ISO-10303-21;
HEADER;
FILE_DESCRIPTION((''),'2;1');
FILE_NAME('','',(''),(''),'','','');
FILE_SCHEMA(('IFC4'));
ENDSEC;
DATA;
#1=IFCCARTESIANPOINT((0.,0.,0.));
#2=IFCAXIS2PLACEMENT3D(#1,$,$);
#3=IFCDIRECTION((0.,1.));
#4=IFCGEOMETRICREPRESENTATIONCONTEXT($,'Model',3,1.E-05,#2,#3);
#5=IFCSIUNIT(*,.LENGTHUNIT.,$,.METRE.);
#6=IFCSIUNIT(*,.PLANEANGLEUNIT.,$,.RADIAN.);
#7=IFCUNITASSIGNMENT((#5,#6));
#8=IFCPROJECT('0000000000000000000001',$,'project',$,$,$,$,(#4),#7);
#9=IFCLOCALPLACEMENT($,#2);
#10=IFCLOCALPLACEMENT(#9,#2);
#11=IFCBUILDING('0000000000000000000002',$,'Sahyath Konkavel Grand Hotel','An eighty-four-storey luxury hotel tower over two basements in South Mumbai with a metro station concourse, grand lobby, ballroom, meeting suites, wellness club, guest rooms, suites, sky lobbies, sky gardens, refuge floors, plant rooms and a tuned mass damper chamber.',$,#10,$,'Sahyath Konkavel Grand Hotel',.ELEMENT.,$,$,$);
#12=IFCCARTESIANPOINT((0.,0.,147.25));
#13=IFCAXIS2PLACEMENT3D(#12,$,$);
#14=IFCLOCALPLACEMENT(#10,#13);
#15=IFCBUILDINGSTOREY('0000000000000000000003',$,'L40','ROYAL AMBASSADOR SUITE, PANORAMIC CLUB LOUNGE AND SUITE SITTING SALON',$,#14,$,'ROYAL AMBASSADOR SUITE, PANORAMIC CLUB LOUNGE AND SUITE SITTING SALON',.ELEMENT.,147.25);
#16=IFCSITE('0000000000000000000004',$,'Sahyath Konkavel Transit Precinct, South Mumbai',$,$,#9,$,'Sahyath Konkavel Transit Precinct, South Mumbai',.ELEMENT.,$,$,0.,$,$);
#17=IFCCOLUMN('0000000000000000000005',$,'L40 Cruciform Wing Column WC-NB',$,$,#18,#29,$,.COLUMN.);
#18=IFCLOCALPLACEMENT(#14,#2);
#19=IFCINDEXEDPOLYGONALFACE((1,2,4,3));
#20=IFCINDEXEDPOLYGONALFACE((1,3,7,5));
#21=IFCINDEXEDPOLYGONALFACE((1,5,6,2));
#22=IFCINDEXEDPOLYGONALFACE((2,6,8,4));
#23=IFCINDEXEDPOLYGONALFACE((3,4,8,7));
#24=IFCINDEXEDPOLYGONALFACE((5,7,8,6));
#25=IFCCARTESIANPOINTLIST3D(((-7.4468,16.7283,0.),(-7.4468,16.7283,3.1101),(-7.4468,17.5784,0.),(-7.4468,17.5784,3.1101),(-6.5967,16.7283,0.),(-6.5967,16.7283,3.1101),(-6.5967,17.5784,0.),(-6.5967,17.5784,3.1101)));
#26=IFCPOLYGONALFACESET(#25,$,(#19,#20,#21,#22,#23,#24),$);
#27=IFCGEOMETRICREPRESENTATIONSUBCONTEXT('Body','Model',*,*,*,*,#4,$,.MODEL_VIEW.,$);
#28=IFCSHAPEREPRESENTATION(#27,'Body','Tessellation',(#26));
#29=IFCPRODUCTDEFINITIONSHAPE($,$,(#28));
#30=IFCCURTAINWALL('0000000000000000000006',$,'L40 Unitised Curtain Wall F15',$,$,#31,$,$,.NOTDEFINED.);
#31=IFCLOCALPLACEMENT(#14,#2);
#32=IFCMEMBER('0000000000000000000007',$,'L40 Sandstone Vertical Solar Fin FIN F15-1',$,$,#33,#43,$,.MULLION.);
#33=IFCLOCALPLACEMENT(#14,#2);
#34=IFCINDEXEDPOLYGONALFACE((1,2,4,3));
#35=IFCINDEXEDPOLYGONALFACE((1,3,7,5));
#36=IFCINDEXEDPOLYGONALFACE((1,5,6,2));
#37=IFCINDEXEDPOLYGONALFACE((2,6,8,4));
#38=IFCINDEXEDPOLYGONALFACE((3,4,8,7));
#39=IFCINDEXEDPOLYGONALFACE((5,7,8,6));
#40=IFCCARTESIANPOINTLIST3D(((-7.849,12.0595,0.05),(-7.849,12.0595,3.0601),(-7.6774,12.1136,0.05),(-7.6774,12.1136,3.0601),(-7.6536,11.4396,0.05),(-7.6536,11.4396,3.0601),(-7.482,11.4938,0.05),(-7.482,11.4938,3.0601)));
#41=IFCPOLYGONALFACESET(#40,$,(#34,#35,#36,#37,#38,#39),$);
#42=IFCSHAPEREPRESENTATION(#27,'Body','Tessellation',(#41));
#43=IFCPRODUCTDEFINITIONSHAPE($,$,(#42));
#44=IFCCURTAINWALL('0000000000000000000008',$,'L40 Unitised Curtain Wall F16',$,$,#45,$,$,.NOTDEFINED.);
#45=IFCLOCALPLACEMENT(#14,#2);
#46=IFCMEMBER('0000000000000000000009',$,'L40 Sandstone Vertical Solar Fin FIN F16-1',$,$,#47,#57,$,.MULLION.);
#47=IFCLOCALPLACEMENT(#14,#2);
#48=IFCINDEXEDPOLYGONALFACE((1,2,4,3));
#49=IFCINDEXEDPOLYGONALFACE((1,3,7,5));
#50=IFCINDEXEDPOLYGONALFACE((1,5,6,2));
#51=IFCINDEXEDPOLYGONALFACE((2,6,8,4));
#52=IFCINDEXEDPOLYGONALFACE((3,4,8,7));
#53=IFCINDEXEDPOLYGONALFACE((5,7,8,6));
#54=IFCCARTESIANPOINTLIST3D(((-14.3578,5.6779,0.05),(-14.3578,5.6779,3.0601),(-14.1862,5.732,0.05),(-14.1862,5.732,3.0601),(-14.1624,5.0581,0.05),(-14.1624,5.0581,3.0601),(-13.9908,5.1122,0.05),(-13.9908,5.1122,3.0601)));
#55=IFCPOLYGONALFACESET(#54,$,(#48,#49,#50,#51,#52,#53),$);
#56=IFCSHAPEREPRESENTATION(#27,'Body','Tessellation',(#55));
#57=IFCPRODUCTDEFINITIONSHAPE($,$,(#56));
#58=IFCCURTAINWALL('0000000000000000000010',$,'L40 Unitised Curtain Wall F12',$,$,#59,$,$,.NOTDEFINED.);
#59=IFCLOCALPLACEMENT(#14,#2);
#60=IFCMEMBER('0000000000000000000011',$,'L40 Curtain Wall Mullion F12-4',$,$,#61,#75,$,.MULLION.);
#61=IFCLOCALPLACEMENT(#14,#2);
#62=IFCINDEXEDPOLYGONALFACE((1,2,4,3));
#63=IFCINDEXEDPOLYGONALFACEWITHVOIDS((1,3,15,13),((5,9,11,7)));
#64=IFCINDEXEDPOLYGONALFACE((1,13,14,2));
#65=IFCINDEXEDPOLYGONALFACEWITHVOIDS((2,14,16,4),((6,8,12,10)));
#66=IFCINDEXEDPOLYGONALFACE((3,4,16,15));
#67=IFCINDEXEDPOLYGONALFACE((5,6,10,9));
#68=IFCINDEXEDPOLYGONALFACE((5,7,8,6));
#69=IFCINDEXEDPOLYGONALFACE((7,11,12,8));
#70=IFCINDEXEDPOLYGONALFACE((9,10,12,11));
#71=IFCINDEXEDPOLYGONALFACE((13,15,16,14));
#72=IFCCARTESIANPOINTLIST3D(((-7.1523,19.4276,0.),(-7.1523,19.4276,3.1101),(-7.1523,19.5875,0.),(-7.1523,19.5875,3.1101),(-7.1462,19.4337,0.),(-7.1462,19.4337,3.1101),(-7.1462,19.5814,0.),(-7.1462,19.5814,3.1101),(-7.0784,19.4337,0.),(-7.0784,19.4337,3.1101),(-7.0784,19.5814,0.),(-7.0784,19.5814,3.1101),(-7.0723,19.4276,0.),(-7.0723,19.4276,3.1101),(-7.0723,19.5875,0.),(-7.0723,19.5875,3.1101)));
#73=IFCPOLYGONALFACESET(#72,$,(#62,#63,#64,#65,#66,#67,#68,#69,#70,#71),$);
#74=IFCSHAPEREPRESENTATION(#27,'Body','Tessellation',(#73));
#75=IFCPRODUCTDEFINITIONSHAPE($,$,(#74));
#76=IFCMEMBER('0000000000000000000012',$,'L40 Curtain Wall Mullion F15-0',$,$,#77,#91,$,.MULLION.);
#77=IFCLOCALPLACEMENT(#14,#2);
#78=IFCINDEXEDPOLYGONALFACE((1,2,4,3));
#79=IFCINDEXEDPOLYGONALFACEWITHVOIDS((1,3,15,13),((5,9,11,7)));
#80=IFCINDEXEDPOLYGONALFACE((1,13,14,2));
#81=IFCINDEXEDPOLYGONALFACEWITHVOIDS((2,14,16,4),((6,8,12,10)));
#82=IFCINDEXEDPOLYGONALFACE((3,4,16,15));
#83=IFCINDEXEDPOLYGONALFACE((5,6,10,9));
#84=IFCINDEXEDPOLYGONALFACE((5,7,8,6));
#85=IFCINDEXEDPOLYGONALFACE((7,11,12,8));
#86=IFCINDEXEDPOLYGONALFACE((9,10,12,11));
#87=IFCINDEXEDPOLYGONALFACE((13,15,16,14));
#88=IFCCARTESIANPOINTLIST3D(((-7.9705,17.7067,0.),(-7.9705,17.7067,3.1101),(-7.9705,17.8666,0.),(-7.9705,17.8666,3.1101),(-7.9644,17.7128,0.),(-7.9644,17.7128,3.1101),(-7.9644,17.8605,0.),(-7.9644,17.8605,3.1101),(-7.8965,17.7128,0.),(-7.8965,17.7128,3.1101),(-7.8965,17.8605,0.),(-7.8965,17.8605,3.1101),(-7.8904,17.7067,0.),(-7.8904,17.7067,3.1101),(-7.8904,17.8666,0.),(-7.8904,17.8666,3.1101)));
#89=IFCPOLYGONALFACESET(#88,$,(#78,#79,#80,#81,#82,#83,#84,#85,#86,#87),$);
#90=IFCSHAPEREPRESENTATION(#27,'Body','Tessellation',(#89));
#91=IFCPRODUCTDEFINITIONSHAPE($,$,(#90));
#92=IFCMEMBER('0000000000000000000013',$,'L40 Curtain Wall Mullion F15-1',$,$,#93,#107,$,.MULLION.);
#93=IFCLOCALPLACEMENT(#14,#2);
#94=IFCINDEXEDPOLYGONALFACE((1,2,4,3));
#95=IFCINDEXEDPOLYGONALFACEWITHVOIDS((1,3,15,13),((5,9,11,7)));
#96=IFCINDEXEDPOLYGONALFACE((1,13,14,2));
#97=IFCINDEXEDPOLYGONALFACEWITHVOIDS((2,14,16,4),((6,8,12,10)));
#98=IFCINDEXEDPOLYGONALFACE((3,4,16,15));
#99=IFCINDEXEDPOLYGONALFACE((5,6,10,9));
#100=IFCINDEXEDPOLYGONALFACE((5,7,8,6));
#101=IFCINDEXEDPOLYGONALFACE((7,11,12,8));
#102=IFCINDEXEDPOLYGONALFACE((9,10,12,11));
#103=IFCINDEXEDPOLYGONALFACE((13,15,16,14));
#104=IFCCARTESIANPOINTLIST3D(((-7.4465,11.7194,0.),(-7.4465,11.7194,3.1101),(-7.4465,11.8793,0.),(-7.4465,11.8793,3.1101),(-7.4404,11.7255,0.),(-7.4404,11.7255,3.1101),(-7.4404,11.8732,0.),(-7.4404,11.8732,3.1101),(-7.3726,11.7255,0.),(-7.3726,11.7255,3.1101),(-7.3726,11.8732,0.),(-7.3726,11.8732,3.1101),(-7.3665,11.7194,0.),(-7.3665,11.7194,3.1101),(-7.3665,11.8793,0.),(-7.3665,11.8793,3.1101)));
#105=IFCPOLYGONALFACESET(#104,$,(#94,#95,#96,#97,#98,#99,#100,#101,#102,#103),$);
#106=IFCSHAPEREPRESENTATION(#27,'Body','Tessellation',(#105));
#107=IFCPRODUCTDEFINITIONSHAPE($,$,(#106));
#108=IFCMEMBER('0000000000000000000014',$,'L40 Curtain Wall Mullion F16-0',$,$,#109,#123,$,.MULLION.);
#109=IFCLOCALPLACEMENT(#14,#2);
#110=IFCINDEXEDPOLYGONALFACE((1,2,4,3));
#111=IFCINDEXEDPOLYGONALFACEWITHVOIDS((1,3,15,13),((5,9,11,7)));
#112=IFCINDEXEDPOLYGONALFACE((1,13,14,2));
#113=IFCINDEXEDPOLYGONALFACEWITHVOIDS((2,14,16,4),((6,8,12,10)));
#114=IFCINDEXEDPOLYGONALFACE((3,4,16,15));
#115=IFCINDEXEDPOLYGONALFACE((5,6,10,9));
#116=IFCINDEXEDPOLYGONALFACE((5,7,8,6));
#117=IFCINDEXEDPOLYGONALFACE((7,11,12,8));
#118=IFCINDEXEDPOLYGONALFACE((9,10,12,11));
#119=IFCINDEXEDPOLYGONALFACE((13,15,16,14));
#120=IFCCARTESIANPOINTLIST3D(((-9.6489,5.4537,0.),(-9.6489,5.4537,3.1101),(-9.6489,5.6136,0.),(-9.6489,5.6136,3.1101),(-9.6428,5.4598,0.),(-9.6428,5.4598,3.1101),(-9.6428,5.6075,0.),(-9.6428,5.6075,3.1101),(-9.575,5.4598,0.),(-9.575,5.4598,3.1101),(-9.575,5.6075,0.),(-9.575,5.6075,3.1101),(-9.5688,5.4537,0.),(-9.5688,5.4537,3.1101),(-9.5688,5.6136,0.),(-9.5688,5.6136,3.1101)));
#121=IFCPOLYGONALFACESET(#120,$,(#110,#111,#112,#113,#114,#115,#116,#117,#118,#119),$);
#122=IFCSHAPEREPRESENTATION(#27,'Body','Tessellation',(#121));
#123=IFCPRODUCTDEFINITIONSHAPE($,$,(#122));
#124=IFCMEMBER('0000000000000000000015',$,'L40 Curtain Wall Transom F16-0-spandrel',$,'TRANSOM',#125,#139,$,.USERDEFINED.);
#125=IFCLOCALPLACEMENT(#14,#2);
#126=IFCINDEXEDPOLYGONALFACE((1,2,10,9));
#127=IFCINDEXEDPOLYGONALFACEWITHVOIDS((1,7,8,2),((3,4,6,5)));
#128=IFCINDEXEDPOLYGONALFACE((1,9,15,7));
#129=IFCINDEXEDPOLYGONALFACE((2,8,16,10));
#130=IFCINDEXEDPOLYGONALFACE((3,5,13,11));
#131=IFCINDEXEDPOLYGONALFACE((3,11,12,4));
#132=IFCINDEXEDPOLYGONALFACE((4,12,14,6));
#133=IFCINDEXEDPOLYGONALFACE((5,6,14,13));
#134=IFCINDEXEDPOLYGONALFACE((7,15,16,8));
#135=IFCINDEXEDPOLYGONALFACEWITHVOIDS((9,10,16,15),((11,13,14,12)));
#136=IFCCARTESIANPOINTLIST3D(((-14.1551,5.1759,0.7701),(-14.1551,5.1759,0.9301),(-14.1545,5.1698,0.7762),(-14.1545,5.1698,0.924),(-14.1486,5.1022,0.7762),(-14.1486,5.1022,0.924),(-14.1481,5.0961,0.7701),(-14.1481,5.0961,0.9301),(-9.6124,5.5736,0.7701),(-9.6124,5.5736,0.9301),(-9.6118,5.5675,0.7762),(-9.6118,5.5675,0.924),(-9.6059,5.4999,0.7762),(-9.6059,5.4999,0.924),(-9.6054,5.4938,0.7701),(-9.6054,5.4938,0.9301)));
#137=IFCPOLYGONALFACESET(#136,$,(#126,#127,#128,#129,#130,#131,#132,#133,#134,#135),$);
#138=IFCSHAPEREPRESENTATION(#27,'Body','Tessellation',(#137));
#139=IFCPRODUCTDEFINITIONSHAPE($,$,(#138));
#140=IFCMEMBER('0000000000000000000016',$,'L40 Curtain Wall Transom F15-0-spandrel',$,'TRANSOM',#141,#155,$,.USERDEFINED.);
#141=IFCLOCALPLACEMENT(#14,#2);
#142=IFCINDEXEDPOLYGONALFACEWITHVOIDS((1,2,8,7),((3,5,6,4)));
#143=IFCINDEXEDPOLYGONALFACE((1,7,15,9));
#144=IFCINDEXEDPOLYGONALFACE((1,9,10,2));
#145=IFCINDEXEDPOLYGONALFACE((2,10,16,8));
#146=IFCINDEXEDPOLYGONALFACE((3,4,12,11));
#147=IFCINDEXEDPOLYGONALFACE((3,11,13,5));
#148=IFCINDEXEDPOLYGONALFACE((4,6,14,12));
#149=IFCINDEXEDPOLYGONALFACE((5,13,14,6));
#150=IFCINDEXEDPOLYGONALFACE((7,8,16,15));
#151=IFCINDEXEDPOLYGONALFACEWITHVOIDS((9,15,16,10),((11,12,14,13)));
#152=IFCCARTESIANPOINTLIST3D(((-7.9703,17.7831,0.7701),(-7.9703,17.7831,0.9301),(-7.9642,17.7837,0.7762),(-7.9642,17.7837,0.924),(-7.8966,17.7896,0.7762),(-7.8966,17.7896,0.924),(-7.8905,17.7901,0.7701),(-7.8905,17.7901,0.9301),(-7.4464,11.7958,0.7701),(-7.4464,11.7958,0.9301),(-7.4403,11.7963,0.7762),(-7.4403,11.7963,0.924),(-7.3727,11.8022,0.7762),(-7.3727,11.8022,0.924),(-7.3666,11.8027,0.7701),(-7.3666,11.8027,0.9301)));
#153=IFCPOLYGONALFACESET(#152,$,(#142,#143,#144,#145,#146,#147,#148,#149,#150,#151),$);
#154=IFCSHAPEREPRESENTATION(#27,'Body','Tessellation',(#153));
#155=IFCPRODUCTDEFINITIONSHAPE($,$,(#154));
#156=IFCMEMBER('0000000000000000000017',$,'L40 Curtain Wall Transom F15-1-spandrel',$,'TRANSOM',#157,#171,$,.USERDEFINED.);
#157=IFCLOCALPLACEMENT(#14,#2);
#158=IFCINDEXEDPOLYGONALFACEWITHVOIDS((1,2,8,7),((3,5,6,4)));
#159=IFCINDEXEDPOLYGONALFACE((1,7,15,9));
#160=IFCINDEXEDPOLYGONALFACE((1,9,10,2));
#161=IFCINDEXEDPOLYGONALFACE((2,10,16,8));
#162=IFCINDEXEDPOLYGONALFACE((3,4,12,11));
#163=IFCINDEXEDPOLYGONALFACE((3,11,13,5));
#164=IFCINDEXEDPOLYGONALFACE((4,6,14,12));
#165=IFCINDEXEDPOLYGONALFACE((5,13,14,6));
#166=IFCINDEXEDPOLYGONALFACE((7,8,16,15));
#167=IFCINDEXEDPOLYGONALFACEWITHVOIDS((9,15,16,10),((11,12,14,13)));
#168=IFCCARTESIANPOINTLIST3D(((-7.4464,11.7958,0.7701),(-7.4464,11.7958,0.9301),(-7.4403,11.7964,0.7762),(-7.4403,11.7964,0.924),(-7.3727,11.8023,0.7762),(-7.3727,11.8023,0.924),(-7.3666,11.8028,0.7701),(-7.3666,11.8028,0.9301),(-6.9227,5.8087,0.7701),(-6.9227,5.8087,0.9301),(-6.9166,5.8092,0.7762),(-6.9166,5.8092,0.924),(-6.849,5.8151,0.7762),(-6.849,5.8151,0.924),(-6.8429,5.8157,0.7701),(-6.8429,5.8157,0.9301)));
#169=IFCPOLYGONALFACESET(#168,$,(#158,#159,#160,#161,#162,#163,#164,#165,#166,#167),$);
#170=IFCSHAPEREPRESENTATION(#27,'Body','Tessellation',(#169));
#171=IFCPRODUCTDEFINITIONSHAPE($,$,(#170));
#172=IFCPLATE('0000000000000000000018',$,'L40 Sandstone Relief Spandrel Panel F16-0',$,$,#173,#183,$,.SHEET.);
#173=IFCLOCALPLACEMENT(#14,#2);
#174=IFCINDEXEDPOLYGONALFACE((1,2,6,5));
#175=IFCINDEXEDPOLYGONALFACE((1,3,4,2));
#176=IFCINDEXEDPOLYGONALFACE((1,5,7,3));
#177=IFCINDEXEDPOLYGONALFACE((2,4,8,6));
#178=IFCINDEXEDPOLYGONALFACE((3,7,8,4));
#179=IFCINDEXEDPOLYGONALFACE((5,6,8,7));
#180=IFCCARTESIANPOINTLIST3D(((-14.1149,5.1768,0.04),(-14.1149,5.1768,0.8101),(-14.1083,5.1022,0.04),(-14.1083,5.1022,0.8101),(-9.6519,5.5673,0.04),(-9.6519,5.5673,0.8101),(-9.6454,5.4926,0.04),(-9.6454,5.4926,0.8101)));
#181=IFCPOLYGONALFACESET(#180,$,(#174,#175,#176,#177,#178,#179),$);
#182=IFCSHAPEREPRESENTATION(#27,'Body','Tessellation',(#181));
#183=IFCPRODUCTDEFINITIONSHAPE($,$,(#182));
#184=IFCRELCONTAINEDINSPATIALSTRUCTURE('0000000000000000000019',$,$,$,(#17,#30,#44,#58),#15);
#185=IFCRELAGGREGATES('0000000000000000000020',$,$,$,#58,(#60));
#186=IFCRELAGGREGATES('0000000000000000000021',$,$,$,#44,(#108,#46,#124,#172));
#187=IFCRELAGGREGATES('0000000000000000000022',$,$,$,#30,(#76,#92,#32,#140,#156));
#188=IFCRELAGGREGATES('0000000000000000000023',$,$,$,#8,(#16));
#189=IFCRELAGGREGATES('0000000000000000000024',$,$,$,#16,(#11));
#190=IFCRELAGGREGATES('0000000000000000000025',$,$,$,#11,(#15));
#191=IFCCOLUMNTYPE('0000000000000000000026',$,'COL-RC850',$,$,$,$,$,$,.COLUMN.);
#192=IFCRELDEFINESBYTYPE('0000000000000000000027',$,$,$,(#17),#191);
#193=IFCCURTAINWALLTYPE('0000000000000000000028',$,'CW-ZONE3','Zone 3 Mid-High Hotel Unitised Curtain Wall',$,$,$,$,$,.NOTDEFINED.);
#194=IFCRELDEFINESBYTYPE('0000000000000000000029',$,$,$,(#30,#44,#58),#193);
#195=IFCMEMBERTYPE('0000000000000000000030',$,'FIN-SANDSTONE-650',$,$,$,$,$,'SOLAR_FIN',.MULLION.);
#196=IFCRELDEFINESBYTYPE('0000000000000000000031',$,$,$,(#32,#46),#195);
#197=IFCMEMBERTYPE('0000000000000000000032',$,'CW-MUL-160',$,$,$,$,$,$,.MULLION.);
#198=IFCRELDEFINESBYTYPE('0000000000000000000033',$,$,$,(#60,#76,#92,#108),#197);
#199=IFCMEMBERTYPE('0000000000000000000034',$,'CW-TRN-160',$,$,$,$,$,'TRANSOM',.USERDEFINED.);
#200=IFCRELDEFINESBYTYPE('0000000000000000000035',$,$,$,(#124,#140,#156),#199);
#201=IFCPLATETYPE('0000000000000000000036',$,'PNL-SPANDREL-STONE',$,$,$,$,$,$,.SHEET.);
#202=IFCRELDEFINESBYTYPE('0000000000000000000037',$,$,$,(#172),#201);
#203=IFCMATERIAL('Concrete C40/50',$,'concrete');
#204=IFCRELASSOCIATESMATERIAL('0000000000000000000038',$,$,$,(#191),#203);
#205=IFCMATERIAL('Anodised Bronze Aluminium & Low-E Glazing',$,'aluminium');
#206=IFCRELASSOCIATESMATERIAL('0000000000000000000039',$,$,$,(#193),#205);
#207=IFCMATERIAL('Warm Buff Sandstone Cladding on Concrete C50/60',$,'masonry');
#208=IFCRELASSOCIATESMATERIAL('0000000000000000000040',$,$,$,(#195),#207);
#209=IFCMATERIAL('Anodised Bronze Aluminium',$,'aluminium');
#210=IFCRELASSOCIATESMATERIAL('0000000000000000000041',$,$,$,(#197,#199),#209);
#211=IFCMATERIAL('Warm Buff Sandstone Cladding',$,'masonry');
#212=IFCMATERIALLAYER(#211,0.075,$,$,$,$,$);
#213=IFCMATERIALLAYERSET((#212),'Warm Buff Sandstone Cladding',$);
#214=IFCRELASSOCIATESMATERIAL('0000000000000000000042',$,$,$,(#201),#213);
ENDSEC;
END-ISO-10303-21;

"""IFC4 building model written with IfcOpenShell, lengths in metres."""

from ifc_helpers import new_model, si_unit, direction, frame, origin, origin_2d, place, context, subcontext, project, spatial, rectangle, hollow_rectangle, extrude, source, transform, mapped, material, layer, layer_set, material_profile, profile_set, type_object, element, aggregate, save


model = new_model("IFC4")

# Units and contexts
model_context = context("Model", 3, precision=1e-05, world=origin(), true_north=direction((0.0, 1.0)))
body_context = subcontext(model_context, "Body", "Model", "MODEL_VIEW")
ifc_project = project(units=[si_unit("LENGTHUNIT", "METRE"), si_unit("PLANEANGLEUNIT", "RADIAN")], contexts=[model_context])

# Site, building, storey
site_placement = place(None, origin())
site = spatial("IfcSite", under=ifc_project, at=site_placement, Name="Sahyath Konkavel Transit Precinct, South Mumbai", LongName="Sahyath Konkavel Transit Precinct, South Mumbai", CompositionType="ELEMENT", RefElevation=0.0)
building_placement = place(site_placement, origin())
building = spatial("IfcBuilding", under=site, at=building_placement, Name="Sahyath Konkavel Grand Hotel", Description="An eighty-four-storey luxury hotel tower over two basements in South Mumbai with a metro station concourse, grand lobby, ballroom, meeting suites, wellness club, guest rooms, suites, sky lobbies, sky gardens, refuge floors, plant rooms and a tuned mass damper chamber.", LongName="Sahyath Konkavel Grand Hotel", CompositionType="ELEMENT")
storey_placement = place(building_placement, frame((0.0, 0.0, 147.25)))
storey = spatial("IfcBuildingStorey", under=building, at=storey_placement, Name="L40", Description="ROYAL AMBASSADOR SUITE, PANORAMIC CLUB LOUNGE AND SUITE SITTING SALON", LongName="ROYAL AMBASSADOR SUITE, PANORAMIC CLUB LOUNGE AND SUITE SITTING SALON", CompositionType="ELEMENT", Elevation=147.25)

# Column
ifc_material_1 = material(Name="Concrete C40/50", Category="concrete")
ifc_material_profile_1 = material_profile(ifc_material_1, rectangle(XDim=0.8501, YDim=0.8501, at=origin_2d()), Name="RC 850x850")
ifc_profile_set_1 = profile_set([ifc_material_profile_1], Name="Concrete C40/50")
column_type = type_object("IfcColumnType", Name="COL-RC850", PredefinedType="COLUMN", material=ifc_profile_set_1)
shared_shape_1 = source(origin(), body_context, "Body", "SweptSolid", [
    extrude(rectangle(XDim=0.8501, YDim=0.8501, at=origin_2d()), origin(), (0.0, 0.0, 1.0), 3.1101),
])
column_placement = place(storey_placement, frame((-7.0217, 17.1533, 0.0), z_axis=(0.0, 0.0, 1.0), x_axis=(1.0, 0.0, 0.0)))
element("IfcColumn", 1, at=column_placement, inside=storey, type_object=column_type, Name="L40 Cruciform Wing Column WC-NB", PredefinedType="COLUMN", context=body_context, shape_type="MappedRepresentation", body=[
    mapped(shared_shape_1, transform((0.0, 0.0, 0.0), scale=1.0)),
])

# Curtain walls, members
ifc_material_2 = material(Name="Anodised Bronze Aluminium & Low-E Glazing", Category="aluminium")
curtain_wall_type = type_object("IfcCurtainWallType", Name="CW-ZONE3", Description="Zone 3 Mid-High Hotel Unitised Curtain Wall", PredefinedType="NOTDEFINED", material=ifc_material_2)
curtain_wall_1_placement = place(storey_placement, origin())
curtain_wall_1 = element("IfcCurtainWall", 2, at=curtain_wall_1_placement, inside=storey, type_object=curtain_wall_type, Name="L40 Unitised Curtain Wall F15", PredefinedType="NOTDEFINED")
ifc_material_3 = material(Name="Warm Buff Sandstone Cladding on Concrete C50/60", Category="masonry")
ifc_material_profile_2 = material_profile(ifc_material_3, rectangle(XDim=0.1799, YDim=0.6499, at=origin_2d()), Name="FIN 180x650")
ifc_profile_set_2 = profile_set([ifc_material_profile_2], Name="Warm Buff Sandstone Cladding on Concrete C50/60")
member_type_1 = type_object("IfcMemberType", Name="FIN-SANDSTONE-650", ElementType="SOLAR_FIN", PredefinedType="MULLION", material=ifc_profile_set_2)
shared_shape_2 = source(origin(), body_context, "Body", "SweptSolid", [
    extrude(rectangle(XDim=0.1799, YDim=0.6499, at=origin_2d()), origin(), (0.0, 0.0, 1.0), 3.01),
])
member_1_placement = place(storey_placement, frame((-7.6655, 11.7766, 0.05), z_axis=(0.0, 0.0, 1.0), x_axis=(0.953717, 0.300706, 0.0)))
member_1 = element("IfcMember", 3, at=member_1_placement, type_object=member_type_1, Name="L40 Sandstone Vertical Solar Fin FIN F15-1", PredefinedType="MULLION", context=body_context, shape_type="MappedRepresentation", body=[
    mapped(shared_shape_2, transform((0.0, 0.0, 0.0), scale=1.0)),
])
curtain_wall_2_placement = place(storey_placement, origin())
curtain_wall_2 = element("IfcCurtainWall", 4, at=curtain_wall_2_placement, inside=storey, type_object=curtain_wall_type, Name="L40 Unitised Curtain Wall F16", PredefinedType="NOTDEFINED")
member_2_placement = place(storey_placement, frame((-14.1743, 5.395, 0.05), z_axis=(0.0, 0.0, 1.0), x_axis=(0.953717, 0.300706, 0.0)))
member_2 = element("IfcMember", 5, at=member_2_placement, type_object=member_type_1, Name="L40 Sandstone Vertical Solar Fin FIN F16-1", PredefinedType="MULLION", context=body_context, shape_type="MappedRepresentation", body=[
    mapped(shared_shape_2, transform((0.0, 0.0, 0.0), scale=1.0)),
])
curtain_wall_3_placement = place(storey_placement, origin())
curtain_wall_3 = element("IfcCurtainWall", 6, at=curtain_wall_3_placement, inside=storey, type_object=curtain_wall_type, Name="L40 Unitised Curtain Wall F12", PredefinedType="NOTDEFINED")
ifc_material_4 = material(Name="Anodised Bronze Aluminium", Category="aluminium")
ifc_material_profile_3 = material_profile(ifc_material_4, hollow_rectangle(XDim=0.0801, YDim=0.1599, WallThickness=0.0061, at=origin_2d()), Name="RHS 160x80x6")
ifc_profile_set_3 = profile_set([ifc_material_profile_3], Name="Anodised Bronze Aluminium")
member_type_2 = type_object("IfcMemberType", Name="CW-MUL-160", PredefinedType="MULLION", material=ifc_profile_set_3)
shared_shape_3 = source(origin(), body_context, "Body", "SweptSolid", [
    extrude(hollow_rectangle(XDim=0.0801, YDim=0.1599, WallThickness=0.0061, at=origin_2d()), origin(), (0.0, 0.0, 1.0), 3.1101),
])
member_3_placement = place(storey_placement, frame((-7.1123, 19.5076, 0.0), z_axis=(0.0, 0.0, 1.0), x_axis=(1.0, 0.0, 0.0)))
member_3 = element("IfcMember", 7, at=member_3_placement, type_object=member_type_2, Name="L40 Curtain Wall Mullion F12-4", PredefinedType="MULLION", context=body_context, shape_type="MappedRepresentation", body=[
    mapped(shared_shape_3, transform((0.0, 0.0, 0.0), scale=1.0)),
])
aggregate(curtain_wall_3, [member_3])

# Members
member_4_placement = place(storey_placement, frame((-7.9304, 17.7866, 0.0), z_axis=(0.0, 0.0, 1.0), x_axis=(1.0, 0.0, 0.0)))
member_4 = element("IfcMember", 8, at=member_4_placement, type_object=member_type_2, Name="L40 Curtain Wall Mullion F15-0", PredefinedType="MULLION", context=body_context, shape_type="MappedRepresentation", body=[
    mapped(shared_shape_3, transform((0.0, 0.0, 0.0), scale=1.0)),
])
member_5_placement = place(storey_placement, frame((-7.4065, 11.7993, 0.0), z_axis=(0.0, 0.0, 1.0), x_axis=(1.0, 0.0, 0.0)))
member_5 = element("IfcMember", 9, at=member_5_placement, type_object=member_type_2, Name="L40 Curtain Wall Mullion F15-1", PredefinedType="MULLION", context=body_context, shape_type="MappedRepresentation", body=[
    mapped(shared_shape_3, transform((0.0, 0.0, 0.0), scale=1.0)),
])
member_6_placement = place(storey_placement, frame((-9.6089, 5.5337, 0.0), z_axis=(0.0, 0.0, 1.0), x_axis=(1.0, 0.0, 0.0)))
member_6 = element("IfcMember", 10, at=member_6_placement, type_object=member_type_2, Name="L40 Curtain Wall Mullion F16-0", PredefinedType="MULLION", context=body_context, shape_type="MappedRepresentation", body=[
    mapped(shared_shape_3, transform((0.0, 0.0, 0.0), scale=1.0)),
])
ifc_material_profile_4 = material_profile(ifc_material_4, hollow_rectangle(XDim=0.0801, YDim=0.1599, WallThickness=0.0061, at=origin_2d()), Name="RHS 160x80x6")
ifc_profile_set_4 = profile_set([ifc_material_profile_4], Name="Anodised Bronze Aluminium")
member_type_3 = type_object("IfcMemberType", Name="CW-TRN-160", ElementType="TRANSOM", PredefinedType="USERDEFINED", material=ifc_profile_set_4)
shared_shape_4 = source(origin(), body_context, "Body", "SweptSolid", [
    extrude(hollow_rectangle(XDim=0.0801, YDim=0.1599, WallThickness=0.0061, at=origin_2d()), origin(), (0.0, 0.0, 1.0), 4.5601),
])
member_7_placement = place(storey_placement, frame((-9.6089, 5.5337, 0.8501), z_axis=(-0.99619, -0.087214, 0.0), x_axis=(0.087214, -0.99619, 0.0)))
member_7 = element("IfcMember", 11, at=member_7_placement, type_object=member_type_3, Name="L40 Curtain Wall Transom F16-0-spandrel", ObjectType="TRANSOM", PredefinedType="USERDEFINED", context=body_context, shape_type="MappedRepresentation", body=[
    mapped(shared_shape_4, transform((0.0, 0.0, 0.0), scale=1.0)),
])
shared_shape_5 = source(origin(), body_context, "Body", "SweptSolid", [
    extrude(hollow_rectangle(XDim=0.0801, YDim=0.1599, WallThickness=0.0061, at=origin_2d()), origin(), (0.0, 0.0, 1.0), 6.0103),
])
member_8_placement = place(storey_placement, frame((-7.9304, 17.7866, 0.8501), z_axis=(0.087173, -0.996193, 0.0), x_axis=(0.996193, 0.087173, 0.0)))
member_8 = element("IfcMember", 12, at=member_8_placement, type_object=member_type_3, Name="L40 Curtain Wall Transom F15-0-spandrel", ObjectType="TRANSOM", PredefinedType="USERDEFINED", context=body_context, shape_type="MappedRepresentation", body=[
    mapped(shared_shape_5, transform((0.0, 0.0, 0.0), scale=1.0)),
])
shared_shape_6 = source(origin(), body_context, "Body", "SweptSolid", [
    extrude(hollow_rectangle(XDim=0.0801, YDim=0.1599, WallThickness=0.0061, at=origin_2d()), origin(), (0.0, 0.0, 1.0), 6.01),
])
member_9_placement = place(storey_placement, frame((-7.4065, 11.7993, 0.8501), z_axis=(0.087136, -0.996196, 0.0), x_axis=(0.996196, 0.087136, 0.0)))
member_9 = element("IfcMember", 13, at=member_9_placement, type_object=member_type_3, Name="L40 Curtain Wall Transom F15-1-spandrel", ObjectType="TRANSOM", PredefinedType="USERDEFINED", context=body_context, shape_type="MappedRepresentation", body=[
    mapped(shared_shape_6, transform((0.0, 0.0, 0.0), scale=1.0)),
])

# Plate
ifc_material_5 = material(Name="Warm Buff Sandstone Cladding", Category="masonry")
ifc_layer_1 = layer(ifc_material_5, 0.075)
ifc_layer_set_1 = layer_set([ifc_layer_1], Name="Warm Buff Sandstone Cladding")
plate_type_1 = type_object("IfcPlateType", Name="PNL-SPANDREL-STONE", PredefinedType="SHEET", material=ifc_layer_set_1)
shared_shape_7 = source(origin(), body_context, "Body", "SweptSolid", [
    extrude(rectangle(XDim=4.48, YDim=0.075, at=origin_2d()), origin(), (0.0, 0.0, 1.0), 0.77),
])
plate_1_placement = place(storey_placement, frame((-11.8801, 5.3347, 0.04), z_axis=(0.0, 0.0, 1.0), x_axis=(-0.996195, -0.087156, 0.0)))
plate_1 = element("IfcPlate", 14, at=plate_1_placement, type_object=plate_type_1, Name="L40 Sandstone Relief Spandrel Panel F16-0", PredefinedType="SHEET", context=body_context, shape_type="MappedRepresentation", body=[
    mapped(shared_shape_7, transform((0.0, 0.0, 0.0), scale=1.0)),
])
aggregate(curtain_wall_2, [member_6, member_2, member_7, plate_1])
aggregate(curtain_wall_1, [member_4, member_5, member_1, member_8, member_9])

save(model, "model.ifc")
